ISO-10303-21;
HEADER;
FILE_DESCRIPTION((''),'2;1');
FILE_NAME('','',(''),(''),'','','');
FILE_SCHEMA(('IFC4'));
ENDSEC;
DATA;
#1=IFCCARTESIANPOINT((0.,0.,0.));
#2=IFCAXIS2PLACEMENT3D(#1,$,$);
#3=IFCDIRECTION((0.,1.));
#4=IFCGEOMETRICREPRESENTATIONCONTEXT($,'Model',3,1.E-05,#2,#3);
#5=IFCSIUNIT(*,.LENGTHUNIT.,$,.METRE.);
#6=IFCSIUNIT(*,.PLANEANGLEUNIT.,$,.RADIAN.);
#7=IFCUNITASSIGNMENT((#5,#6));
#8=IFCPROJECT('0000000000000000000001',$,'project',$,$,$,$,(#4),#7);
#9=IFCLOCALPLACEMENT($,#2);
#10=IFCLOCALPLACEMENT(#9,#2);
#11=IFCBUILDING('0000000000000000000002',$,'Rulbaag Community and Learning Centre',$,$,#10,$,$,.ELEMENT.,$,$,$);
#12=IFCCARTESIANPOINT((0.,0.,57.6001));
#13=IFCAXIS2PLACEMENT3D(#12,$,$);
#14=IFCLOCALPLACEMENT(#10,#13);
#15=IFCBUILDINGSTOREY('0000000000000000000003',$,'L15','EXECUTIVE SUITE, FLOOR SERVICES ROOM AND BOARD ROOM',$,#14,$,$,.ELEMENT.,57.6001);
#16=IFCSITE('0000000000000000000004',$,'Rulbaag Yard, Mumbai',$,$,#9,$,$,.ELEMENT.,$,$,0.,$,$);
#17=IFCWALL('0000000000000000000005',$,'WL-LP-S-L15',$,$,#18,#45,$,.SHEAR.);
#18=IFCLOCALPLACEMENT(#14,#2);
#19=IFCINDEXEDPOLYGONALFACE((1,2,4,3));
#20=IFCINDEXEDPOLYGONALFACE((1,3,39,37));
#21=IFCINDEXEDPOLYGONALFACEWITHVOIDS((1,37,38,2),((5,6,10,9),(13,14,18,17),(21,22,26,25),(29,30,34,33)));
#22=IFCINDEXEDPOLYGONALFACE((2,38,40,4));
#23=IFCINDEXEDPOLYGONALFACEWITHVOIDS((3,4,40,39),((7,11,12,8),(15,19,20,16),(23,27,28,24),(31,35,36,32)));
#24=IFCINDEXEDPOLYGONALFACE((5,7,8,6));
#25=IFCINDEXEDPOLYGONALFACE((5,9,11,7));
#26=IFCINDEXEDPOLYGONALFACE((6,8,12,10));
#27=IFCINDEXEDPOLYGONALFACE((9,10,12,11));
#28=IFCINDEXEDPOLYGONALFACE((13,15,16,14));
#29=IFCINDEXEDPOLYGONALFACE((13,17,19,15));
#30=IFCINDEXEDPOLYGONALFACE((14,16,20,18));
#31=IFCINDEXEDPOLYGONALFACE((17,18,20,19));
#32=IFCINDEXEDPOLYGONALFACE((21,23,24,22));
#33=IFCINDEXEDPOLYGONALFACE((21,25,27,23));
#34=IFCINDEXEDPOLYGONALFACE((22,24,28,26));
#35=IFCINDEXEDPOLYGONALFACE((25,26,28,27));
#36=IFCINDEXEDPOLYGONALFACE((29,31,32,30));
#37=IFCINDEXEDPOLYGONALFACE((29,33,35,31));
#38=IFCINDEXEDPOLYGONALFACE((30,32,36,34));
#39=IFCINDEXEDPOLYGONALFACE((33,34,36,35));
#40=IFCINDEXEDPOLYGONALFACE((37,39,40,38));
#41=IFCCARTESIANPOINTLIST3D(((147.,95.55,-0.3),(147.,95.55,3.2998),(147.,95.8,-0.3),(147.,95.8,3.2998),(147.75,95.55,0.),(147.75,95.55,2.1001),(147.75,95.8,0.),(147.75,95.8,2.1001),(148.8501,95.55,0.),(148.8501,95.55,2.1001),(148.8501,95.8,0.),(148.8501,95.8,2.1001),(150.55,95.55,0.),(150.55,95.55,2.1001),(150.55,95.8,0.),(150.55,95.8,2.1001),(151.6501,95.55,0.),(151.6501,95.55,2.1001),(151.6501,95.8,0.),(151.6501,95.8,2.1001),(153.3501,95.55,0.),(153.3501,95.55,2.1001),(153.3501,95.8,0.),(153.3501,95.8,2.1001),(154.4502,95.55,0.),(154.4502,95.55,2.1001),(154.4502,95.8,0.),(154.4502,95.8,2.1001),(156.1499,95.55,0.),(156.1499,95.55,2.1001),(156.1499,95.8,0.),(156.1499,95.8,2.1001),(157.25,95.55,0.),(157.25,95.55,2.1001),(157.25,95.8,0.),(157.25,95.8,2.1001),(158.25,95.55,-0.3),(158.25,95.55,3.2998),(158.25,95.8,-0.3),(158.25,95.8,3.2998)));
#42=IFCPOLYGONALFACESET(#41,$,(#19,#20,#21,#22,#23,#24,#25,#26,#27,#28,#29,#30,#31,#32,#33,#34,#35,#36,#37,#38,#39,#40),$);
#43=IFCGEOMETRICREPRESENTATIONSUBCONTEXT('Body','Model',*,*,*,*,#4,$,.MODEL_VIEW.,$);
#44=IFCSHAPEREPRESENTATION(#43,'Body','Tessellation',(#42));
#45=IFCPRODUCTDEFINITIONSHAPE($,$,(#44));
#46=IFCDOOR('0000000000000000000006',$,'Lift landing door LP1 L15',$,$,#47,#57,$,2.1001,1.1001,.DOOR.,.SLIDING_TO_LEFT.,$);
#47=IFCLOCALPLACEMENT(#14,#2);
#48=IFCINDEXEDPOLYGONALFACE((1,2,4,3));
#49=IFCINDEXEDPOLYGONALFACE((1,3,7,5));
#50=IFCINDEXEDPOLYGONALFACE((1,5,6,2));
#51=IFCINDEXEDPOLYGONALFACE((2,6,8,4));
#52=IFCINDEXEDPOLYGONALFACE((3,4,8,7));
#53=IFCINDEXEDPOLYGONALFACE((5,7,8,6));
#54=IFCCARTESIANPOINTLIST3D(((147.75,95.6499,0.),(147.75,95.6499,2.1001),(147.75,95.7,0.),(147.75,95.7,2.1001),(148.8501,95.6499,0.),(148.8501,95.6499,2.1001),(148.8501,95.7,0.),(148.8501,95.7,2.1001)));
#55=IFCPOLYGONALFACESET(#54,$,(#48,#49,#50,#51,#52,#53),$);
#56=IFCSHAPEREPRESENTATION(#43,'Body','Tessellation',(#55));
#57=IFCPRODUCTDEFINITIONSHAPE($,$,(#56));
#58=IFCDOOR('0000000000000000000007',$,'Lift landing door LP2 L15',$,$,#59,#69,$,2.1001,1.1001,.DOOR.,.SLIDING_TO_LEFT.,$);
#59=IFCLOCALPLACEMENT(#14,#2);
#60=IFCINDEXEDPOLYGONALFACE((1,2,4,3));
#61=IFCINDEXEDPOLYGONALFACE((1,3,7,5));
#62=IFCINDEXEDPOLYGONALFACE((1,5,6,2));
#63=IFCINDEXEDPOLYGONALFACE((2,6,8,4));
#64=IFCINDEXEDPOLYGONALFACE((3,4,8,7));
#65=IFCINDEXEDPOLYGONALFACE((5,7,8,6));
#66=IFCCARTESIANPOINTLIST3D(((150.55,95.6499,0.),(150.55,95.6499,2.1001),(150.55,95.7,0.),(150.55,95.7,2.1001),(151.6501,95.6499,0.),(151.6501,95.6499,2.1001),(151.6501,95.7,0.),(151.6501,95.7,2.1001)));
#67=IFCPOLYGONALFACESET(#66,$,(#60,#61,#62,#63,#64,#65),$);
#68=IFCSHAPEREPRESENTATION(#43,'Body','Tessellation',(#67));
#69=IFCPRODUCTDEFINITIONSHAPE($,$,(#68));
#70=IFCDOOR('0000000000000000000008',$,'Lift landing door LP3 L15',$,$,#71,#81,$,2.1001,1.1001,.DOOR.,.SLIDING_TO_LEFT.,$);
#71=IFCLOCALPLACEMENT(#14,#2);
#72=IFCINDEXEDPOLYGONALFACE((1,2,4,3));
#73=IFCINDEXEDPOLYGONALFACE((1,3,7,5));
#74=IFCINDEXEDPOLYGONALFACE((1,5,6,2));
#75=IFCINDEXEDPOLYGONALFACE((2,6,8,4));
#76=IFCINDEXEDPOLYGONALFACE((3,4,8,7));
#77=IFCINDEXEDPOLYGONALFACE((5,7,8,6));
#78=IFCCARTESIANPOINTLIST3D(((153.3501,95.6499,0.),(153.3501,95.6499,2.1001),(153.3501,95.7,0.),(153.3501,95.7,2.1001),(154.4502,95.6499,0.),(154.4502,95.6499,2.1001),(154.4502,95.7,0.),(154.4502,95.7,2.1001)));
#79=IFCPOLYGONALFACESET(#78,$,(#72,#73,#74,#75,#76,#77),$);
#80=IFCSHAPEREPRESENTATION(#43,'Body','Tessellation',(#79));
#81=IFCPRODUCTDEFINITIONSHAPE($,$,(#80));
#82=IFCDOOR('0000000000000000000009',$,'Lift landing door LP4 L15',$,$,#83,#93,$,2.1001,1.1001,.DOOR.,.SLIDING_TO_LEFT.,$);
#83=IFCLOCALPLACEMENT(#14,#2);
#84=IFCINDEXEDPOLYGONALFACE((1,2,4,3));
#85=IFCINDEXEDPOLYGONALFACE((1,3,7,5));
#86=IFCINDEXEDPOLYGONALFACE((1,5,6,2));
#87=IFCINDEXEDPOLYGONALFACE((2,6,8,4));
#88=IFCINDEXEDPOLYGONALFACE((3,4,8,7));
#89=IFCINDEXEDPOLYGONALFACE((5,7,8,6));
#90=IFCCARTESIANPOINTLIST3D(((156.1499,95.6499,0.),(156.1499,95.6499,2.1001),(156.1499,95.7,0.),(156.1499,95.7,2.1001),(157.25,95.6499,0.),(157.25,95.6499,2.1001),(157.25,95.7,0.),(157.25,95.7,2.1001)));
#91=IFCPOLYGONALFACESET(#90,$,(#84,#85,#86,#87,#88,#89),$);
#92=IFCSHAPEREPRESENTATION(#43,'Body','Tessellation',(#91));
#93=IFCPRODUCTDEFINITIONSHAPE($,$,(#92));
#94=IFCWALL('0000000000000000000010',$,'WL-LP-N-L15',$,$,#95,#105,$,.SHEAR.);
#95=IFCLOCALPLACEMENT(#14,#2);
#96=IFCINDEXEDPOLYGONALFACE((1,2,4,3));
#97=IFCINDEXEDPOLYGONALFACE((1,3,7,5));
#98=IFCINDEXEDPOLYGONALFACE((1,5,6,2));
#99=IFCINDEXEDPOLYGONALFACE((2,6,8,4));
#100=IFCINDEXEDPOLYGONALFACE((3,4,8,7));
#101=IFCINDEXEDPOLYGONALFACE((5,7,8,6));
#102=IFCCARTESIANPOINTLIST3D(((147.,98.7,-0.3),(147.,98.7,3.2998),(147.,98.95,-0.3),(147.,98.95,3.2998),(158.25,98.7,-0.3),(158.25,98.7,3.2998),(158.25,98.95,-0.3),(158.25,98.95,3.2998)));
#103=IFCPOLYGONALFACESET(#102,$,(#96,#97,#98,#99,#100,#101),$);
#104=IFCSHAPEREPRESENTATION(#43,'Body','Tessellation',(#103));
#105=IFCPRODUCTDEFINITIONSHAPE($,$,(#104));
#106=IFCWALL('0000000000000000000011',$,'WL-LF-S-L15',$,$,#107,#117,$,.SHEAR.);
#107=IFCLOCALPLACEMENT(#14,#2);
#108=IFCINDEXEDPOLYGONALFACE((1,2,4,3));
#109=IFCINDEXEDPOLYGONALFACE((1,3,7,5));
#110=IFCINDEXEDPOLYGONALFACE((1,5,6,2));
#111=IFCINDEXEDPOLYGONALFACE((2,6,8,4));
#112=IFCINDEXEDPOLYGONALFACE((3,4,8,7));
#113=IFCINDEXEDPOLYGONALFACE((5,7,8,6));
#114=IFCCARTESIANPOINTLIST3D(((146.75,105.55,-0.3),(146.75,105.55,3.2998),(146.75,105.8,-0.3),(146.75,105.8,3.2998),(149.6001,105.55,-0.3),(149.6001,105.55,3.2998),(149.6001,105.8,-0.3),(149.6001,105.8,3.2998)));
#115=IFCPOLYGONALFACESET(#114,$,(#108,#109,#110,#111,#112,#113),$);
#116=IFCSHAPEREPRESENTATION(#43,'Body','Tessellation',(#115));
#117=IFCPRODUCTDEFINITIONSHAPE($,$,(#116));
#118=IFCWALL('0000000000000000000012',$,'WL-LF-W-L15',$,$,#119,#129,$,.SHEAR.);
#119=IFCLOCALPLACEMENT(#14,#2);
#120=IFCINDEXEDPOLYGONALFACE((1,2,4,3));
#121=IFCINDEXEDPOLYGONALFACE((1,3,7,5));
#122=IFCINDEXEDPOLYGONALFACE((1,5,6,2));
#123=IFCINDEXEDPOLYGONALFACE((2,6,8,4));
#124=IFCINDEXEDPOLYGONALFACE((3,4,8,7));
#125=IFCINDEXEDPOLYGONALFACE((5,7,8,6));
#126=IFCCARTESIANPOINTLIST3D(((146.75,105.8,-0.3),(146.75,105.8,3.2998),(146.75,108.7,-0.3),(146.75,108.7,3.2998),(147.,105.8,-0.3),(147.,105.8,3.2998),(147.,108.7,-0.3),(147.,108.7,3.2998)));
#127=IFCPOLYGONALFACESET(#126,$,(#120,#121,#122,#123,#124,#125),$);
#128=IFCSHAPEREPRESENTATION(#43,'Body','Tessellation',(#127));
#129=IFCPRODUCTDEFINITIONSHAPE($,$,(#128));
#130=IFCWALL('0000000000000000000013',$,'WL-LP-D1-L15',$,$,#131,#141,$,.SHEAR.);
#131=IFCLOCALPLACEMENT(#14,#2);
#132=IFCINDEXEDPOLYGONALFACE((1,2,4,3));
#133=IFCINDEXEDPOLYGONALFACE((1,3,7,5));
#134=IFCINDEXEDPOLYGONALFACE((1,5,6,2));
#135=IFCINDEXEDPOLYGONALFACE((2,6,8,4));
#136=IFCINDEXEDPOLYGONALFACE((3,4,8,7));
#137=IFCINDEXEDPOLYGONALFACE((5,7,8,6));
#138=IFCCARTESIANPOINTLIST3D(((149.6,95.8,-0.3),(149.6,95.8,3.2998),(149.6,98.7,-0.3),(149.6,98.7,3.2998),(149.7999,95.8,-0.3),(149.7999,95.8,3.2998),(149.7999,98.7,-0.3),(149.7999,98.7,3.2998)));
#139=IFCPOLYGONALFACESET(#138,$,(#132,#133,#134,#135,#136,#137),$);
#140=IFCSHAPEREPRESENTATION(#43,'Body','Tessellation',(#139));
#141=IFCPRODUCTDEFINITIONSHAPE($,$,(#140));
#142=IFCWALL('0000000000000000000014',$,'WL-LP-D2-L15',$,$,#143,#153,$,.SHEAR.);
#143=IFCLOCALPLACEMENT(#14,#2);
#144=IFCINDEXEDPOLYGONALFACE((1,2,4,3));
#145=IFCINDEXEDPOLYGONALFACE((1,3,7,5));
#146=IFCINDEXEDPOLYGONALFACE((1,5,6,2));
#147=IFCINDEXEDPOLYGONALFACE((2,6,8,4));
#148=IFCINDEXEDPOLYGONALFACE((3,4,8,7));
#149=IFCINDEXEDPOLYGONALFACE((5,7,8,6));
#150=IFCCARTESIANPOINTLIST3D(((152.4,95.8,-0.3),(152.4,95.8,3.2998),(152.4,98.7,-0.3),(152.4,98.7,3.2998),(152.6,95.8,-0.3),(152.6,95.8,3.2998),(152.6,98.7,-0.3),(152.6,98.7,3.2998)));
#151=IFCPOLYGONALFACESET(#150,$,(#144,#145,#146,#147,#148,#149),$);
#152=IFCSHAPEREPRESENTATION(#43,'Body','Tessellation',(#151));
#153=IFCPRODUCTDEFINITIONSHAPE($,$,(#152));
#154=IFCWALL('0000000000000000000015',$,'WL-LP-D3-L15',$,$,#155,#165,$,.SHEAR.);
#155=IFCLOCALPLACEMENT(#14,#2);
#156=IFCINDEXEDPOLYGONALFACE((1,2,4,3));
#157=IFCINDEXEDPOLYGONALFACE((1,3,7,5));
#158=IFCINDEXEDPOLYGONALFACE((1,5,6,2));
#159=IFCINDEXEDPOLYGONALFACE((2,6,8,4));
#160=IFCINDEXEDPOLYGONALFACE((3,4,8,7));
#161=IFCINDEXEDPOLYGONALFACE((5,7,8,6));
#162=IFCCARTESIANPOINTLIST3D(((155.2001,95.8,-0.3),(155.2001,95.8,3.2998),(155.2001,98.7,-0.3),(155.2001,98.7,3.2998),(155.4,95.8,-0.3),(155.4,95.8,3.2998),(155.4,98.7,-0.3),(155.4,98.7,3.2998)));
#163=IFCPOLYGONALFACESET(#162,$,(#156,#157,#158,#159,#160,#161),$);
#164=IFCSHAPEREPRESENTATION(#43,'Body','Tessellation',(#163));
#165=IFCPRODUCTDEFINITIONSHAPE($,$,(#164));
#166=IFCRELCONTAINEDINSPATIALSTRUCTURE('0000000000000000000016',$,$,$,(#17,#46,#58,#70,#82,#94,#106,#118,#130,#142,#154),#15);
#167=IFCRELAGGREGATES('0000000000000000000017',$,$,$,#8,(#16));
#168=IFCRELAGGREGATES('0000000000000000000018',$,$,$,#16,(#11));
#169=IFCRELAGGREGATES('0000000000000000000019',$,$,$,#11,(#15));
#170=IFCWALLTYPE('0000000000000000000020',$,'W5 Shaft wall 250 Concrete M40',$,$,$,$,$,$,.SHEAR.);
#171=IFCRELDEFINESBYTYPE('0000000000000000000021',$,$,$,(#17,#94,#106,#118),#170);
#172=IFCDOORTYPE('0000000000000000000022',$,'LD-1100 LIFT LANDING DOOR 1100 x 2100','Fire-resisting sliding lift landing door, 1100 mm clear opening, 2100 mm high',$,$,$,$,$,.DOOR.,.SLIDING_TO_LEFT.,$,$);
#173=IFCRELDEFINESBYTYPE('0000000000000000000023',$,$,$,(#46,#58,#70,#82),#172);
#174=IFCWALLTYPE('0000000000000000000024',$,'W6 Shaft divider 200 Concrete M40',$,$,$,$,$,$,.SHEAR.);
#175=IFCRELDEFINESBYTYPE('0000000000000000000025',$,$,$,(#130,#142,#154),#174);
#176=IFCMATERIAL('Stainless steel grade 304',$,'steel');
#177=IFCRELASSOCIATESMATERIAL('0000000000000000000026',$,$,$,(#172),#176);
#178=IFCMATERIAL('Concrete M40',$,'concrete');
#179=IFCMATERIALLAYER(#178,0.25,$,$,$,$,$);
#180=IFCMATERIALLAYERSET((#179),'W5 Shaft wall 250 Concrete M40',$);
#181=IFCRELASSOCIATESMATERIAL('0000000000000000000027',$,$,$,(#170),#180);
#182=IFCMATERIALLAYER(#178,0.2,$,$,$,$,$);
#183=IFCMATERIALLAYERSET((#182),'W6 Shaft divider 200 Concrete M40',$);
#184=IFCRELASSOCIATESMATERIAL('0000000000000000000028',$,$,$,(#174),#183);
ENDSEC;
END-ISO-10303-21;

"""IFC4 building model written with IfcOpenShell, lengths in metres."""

from ifc_helpers import new_model, si_unit, direction, frame, frame_2d, origin, place, context, subcontext, project, spatial, rectangle, extrude, material, layer, layer_set, type_object, element, fill, save


model = new_model("IFC4")

# Units and contexts
model_context = context("Model", 3, precision=1e-05, world=origin(), true_north=direction((0.0, 1.0)))
body_context = subcontext(model_context, "Body", "Model", "MODEL_VIEW")
ifc_project = project(units=[si_unit("LENGTHUNIT", "METRE"), si_unit("PLANEANGLEUNIT", "RADIAN")], contexts=[model_context])

# Site, building, storey
site_placement = place(None, origin())
site = spatial("IfcSite", under=ifc_project, at=site_placement, Name="Rulbaag Yard, Mumbai", CompositionType="ELEMENT", RefElevation=0.0)
building_placement = place(site_placement, origin())
building = spatial("IfcBuilding", under=site, at=building_placement, Name="Rulbaag Community and Learning Centre", CompositionType="ELEMENT")
storey_placement = place(building_placement, frame((0.0, 0.0, 57.6001)))
storey = spatial("IfcBuildingStorey", under=building, at=storey_placement, Name="L15", Description="EXECUTIVE SUITE, FLOOR SERVICES ROOM AND BOARD ROOM", CompositionType="ELEMENT", Elevation=57.6001)

# Shared definitions
ifc_material_1 = material(Name="Concrete M40", Category="concrete")

# Shared definitions
ifc_material_2 = material(Name="Stainless steel grade 304", Category="steel")
door_type_1 = type_object("IfcDoorType", Name="LD-1100 LIFT LANDING DOOR 1100 x 2100", Description="Fire-resisting sliding lift landing door, 1100 mm clear opening, 2100 mm high", OperationType="SLIDING_TO_LEFT", PredefinedType="DOOR", material=ifc_material_2)

# Wall, openings, doors
ifc_layer_1 = layer(ifc_material_1, 0.25)
ifc_layer_set_1 = layer_set([ifc_layer_1], Name="W5 Shaft wall 250 Concrete M40")
wall_type_1 = type_object("IfcWallType", Name="W5 Shaft wall 250 Concrete M40", PredefinedType="SHEAR", material=ifc_layer_set_1)
wall_1_placement = place(storey_placement, frame((147.0, 95.675, -0.3), z_axis=(0.0, 0.0, 1.0), x_axis=(1.0, 0.0, 0.0)))
wall_1 = element("IfcWall", 1, at=wall_1_placement, inside=storey, type_object=wall_type_1, Name="WL-LP-S-L15", PredefinedType="SHEAR", context=body_context, shape_type="SweptSolid", body=[
    extrude(rectangle(XDim=11.25, YDim=0.25, at=frame_2d((5.625, 0.0))), origin(), (0.0, 0.0, 1.0), 3.5999),
])
opening_1_placement = place(wall_1_placement, frame((0.75, 0.0, 0.3)))
opening_1 = element("IfcOpeningElement", 2, at=opening_1_placement, cuts=wall_1, PredefinedType="OPENING", context=body_context, shape_type="SweptSolid", body=[
    extrude(rectangle(XDim=1.1001, YDim=2.1001, at=frame_2d((0.55, 1.05))), frame((0.0, 0.135, 0.0), z_axis=(0.0, -1.0, 0.0), x_axis=(1.0, 0.0, 0.0)), (0.0, 0.0, 1.0), 0.27),
])
opening_2_placement = place(wall_1_placement, frame((3.55, 0.0, 0.3)))
opening_2 = element("IfcOpeningElement", 3, at=opening_2_placement, cuts=wall_1, PredefinedType="OPENING", context=body_context, shape_type="SweptSolid", body=[
    extrude(rectangle(XDim=1.1001, YDim=2.1001, at=frame_2d((0.55, 1.05))), frame((0.0, 0.135, 0.0), z_axis=(0.0, -1.0, 0.0), x_axis=(1.0, 0.0, 0.0)), (0.0, 0.0, 1.0), 0.27),
])
opening_3_placement = place(wall_1_placement, frame((6.3501, 0.0, 0.3)))
opening_3 = element("IfcOpeningElement", 4, at=opening_3_placement, cuts=wall_1, PredefinedType="OPENING", context=body_context, shape_type="SweptSolid", body=[
    extrude(rectangle(XDim=1.1001, YDim=2.1001, at=frame_2d((0.55, 1.05))), frame((0.0, 0.135, 0.0), z_axis=(0.0, -1.0, 0.0), x_axis=(1.0, 0.0, 0.0)), (0.0, 0.0, 1.0), 0.27),
])
opening_4_placement = place(wall_1_placement, frame((9.1499, 0.0, 0.3)))
opening_4 = element("IfcOpeningElement", 5, at=opening_4_placement, cuts=wall_1, PredefinedType="OPENING", context=body_context, shape_type="SweptSolid", body=[
    extrude(rectangle(XDim=1.1001, YDim=2.1001, at=frame_2d((0.55, 1.05))), frame((0.0, 0.135, 0.0), z_axis=(0.0, -1.0, 0.0), x_axis=(1.0, 0.0, 0.0)), (0.0, 0.0, 1.0), 0.27),
])
door_1_placement = place(opening_1_placement, origin())
door_1 = element("IfcDoor", 6, at=door_1_placement, inside=storey, type_object=door_type_1, Name="Lift landing door LP1 L15", OperationType="SLIDING_TO_LEFT", OverallHeight=2.1001, OverallWidth=1.1001, PredefinedType="DOOR", context=body_context, shape_type="SweptSolid", body=[
    extrude(rectangle(XDim=1.1001, YDim=2.1001, at=frame_2d((0.55, 1.05))), frame((0.0, 0.0249, 0.0), z_axis=(0.0, -1.0, 0.0), x_axis=(1.0, 0.0, 0.0)), (0.0, 0.0, 1.0), 0.05),
])
fill(opening_1, door_1)
door_2_placement = place(opening_2_placement, origin())
door_2 = element("IfcDoor", 7, at=door_2_placement, inside=storey, type_object=door_type_1, Name="Lift landing door LP2 L15", OperationType="SLIDING_TO_LEFT", OverallHeight=2.1001, OverallWidth=1.1001, PredefinedType="DOOR", context=body_context, shape_type="SweptSolid", body=[
    extrude(rectangle(XDim=1.1001, YDim=2.1001, at=frame_2d((0.55, 1.05))), frame((0.0, 0.0249, 0.0), z_axis=(0.0, -1.0, 0.0), x_axis=(1.0, 0.0, 0.0)), (0.0, 0.0, 1.0), 0.05),
])
fill(opening_2, door_2)
door_3_placement = place(opening_3_placement, origin())
door_3 = element("IfcDoor", 8, at=door_3_placement, inside=storey, type_object=door_type_1, Name="Lift landing door LP3 L15", OperationType="SLIDING_TO_LEFT", OverallHeight=2.1001, OverallWidth=1.1001, PredefinedType="DOOR", context=body_context, shape_type="SweptSolid", body=[
    extrude(rectangle(XDim=1.1001, YDim=2.1001, at=frame_2d((0.55, 1.05))), frame((0.0, 0.0249, 0.0), z_axis=(0.0, -1.0, 0.0), x_axis=(1.0, 0.0, 0.0)), (0.0, 0.0, 1.0), 0.05),
])
fill(opening_3, door_3)
door_4_placement = place(opening_4_placement, origin())
door_4 = element("IfcDoor", 9, at=door_4_placement, inside=storey, type_object=door_type_1, Name="Lift landing door LP4 L15", OperationType="SLIDING_TO_LEFT", OverallHeight=2.1001, OverallWidth=1.1001, PredefinedType="DOOR", context=body_context, shape_type="SweptSolid", body=[
    extrude(rectangle(XDim=1.1001, YDim=2.1001, at=frame_2d((0.55, 1.05))), frame((0.0, 0.0249, 0.0), z_axis=(0.0, -1.0, 0.0), x_axis=(1.0, 0.0, 0.0)), (0.0, 0.0, 1.0), 0.05),
])
fill(opening_4, door_4)

# Walls
wall_2_placement = place(storey_placement, frame((147.0, 98.825, -0.3), z_axis=(0.0, 0.0, 1.0), x_axis=(1.0, 0.0, 0.0)))
element("IfcWall", 10, at=wall_2_placement, inside=storey, type_object=wall_type_1, Name="WL-LP-N-L15", PredefinedType="SHEAR", context=body_context, shape_type="SweptSolid", body=[
    extrude(rectangle(XDim=11.25, YDim=0.25, at=frame_2d((5.625, 0.0))), origin(), (0.0, 0.0, 1.0), 3.5999),
])
wall_3_placement = place(storey_placement, frame((146.75, 105.675, -0.3), z_axis=(0.0, 0.0, 1.0), x_axis=(1.0, 0.0, 0.0)))
element("IfcWall", 11, at=wall_3_placement, inside=storey, type_object=wall_type_1, Name="WL-LF-S-L15", PredefinedType="SHEAR", context=body_context, shape_type="SweptSolid", body=[
    extrude(rectangle(XDim=2.8501, YDim=0.25, at=frame_2d((1.425, 0.0))), origin(), (0.0, 0.0, 1.0), 3.5999),
])
wall_4_placement = place(storey_placement, frame((146.875, 105.8, -0.3), z_axis=(0.0, 0.0, 1.0), x_axis=(0.0, 1.0, 0.0)))
element("IfcWall", 12, at=wall_4_placement, inside=storey, type_object=wall_type_1, Name="WL-LF-W-L15", PredefinedType="SHEAR", context=body_context, shape_type="SweptSolid", body=[
    extrude(rectangle(XDim=2.8999, YDim=0.25, at=frame_2d((1.45, 0.0))), origin(), (0.0, 0.0, 1.0), 3.5999),
])
ifc_layer_2 = layer(ifc_material_1, 0.2)
ifc_layer_set_2 = layer_set([ifc_layer_2], Name="W6 Shaft divider 200 Concrete M40")
wall_type_2 = type_object("IfcWallType", Name="W6 Shaft divider 200 Concrete M40", PredefinedType="SHEAR", material=ifc_layer_set_2)
for number, where, z_axis, x_axis, name in (
    (13, (149.7, 95.8, -0.3), (0.0, 0.0, 1.0), (0.0, 1.0, 0.0), "WL-LP-D1-L15"),
    (14, (152.5, 95.8, -0.3), (0.0, 0.0, 1.0), (0.0, 1.0, 0.0), "WL-LP-D2-L15"),
    (15, (155.3, 95.8, -0.3), (0.0, 0.0, 1.0), (0.0, 1.0, 0.0), "WL-LP-D3-L15"),
):
    element("IfcWall", number, at=place(storey_placement, frame(where, z_axis=z_axis, x_axis=x_axis)), inside=storey, type_object=wall_type_2, Name=name, PredefinedType="SHEAR", context=body_context, shape_type="SweptSolid", body=[
        extrude(rectangle(XDim=2.8999, YDim=0.2, at=frame_2d((1.45, 0.0))), origin(), (0.0, 0.0, 1.0), 3.5999),
    ])

save(model, "model.ifc")
